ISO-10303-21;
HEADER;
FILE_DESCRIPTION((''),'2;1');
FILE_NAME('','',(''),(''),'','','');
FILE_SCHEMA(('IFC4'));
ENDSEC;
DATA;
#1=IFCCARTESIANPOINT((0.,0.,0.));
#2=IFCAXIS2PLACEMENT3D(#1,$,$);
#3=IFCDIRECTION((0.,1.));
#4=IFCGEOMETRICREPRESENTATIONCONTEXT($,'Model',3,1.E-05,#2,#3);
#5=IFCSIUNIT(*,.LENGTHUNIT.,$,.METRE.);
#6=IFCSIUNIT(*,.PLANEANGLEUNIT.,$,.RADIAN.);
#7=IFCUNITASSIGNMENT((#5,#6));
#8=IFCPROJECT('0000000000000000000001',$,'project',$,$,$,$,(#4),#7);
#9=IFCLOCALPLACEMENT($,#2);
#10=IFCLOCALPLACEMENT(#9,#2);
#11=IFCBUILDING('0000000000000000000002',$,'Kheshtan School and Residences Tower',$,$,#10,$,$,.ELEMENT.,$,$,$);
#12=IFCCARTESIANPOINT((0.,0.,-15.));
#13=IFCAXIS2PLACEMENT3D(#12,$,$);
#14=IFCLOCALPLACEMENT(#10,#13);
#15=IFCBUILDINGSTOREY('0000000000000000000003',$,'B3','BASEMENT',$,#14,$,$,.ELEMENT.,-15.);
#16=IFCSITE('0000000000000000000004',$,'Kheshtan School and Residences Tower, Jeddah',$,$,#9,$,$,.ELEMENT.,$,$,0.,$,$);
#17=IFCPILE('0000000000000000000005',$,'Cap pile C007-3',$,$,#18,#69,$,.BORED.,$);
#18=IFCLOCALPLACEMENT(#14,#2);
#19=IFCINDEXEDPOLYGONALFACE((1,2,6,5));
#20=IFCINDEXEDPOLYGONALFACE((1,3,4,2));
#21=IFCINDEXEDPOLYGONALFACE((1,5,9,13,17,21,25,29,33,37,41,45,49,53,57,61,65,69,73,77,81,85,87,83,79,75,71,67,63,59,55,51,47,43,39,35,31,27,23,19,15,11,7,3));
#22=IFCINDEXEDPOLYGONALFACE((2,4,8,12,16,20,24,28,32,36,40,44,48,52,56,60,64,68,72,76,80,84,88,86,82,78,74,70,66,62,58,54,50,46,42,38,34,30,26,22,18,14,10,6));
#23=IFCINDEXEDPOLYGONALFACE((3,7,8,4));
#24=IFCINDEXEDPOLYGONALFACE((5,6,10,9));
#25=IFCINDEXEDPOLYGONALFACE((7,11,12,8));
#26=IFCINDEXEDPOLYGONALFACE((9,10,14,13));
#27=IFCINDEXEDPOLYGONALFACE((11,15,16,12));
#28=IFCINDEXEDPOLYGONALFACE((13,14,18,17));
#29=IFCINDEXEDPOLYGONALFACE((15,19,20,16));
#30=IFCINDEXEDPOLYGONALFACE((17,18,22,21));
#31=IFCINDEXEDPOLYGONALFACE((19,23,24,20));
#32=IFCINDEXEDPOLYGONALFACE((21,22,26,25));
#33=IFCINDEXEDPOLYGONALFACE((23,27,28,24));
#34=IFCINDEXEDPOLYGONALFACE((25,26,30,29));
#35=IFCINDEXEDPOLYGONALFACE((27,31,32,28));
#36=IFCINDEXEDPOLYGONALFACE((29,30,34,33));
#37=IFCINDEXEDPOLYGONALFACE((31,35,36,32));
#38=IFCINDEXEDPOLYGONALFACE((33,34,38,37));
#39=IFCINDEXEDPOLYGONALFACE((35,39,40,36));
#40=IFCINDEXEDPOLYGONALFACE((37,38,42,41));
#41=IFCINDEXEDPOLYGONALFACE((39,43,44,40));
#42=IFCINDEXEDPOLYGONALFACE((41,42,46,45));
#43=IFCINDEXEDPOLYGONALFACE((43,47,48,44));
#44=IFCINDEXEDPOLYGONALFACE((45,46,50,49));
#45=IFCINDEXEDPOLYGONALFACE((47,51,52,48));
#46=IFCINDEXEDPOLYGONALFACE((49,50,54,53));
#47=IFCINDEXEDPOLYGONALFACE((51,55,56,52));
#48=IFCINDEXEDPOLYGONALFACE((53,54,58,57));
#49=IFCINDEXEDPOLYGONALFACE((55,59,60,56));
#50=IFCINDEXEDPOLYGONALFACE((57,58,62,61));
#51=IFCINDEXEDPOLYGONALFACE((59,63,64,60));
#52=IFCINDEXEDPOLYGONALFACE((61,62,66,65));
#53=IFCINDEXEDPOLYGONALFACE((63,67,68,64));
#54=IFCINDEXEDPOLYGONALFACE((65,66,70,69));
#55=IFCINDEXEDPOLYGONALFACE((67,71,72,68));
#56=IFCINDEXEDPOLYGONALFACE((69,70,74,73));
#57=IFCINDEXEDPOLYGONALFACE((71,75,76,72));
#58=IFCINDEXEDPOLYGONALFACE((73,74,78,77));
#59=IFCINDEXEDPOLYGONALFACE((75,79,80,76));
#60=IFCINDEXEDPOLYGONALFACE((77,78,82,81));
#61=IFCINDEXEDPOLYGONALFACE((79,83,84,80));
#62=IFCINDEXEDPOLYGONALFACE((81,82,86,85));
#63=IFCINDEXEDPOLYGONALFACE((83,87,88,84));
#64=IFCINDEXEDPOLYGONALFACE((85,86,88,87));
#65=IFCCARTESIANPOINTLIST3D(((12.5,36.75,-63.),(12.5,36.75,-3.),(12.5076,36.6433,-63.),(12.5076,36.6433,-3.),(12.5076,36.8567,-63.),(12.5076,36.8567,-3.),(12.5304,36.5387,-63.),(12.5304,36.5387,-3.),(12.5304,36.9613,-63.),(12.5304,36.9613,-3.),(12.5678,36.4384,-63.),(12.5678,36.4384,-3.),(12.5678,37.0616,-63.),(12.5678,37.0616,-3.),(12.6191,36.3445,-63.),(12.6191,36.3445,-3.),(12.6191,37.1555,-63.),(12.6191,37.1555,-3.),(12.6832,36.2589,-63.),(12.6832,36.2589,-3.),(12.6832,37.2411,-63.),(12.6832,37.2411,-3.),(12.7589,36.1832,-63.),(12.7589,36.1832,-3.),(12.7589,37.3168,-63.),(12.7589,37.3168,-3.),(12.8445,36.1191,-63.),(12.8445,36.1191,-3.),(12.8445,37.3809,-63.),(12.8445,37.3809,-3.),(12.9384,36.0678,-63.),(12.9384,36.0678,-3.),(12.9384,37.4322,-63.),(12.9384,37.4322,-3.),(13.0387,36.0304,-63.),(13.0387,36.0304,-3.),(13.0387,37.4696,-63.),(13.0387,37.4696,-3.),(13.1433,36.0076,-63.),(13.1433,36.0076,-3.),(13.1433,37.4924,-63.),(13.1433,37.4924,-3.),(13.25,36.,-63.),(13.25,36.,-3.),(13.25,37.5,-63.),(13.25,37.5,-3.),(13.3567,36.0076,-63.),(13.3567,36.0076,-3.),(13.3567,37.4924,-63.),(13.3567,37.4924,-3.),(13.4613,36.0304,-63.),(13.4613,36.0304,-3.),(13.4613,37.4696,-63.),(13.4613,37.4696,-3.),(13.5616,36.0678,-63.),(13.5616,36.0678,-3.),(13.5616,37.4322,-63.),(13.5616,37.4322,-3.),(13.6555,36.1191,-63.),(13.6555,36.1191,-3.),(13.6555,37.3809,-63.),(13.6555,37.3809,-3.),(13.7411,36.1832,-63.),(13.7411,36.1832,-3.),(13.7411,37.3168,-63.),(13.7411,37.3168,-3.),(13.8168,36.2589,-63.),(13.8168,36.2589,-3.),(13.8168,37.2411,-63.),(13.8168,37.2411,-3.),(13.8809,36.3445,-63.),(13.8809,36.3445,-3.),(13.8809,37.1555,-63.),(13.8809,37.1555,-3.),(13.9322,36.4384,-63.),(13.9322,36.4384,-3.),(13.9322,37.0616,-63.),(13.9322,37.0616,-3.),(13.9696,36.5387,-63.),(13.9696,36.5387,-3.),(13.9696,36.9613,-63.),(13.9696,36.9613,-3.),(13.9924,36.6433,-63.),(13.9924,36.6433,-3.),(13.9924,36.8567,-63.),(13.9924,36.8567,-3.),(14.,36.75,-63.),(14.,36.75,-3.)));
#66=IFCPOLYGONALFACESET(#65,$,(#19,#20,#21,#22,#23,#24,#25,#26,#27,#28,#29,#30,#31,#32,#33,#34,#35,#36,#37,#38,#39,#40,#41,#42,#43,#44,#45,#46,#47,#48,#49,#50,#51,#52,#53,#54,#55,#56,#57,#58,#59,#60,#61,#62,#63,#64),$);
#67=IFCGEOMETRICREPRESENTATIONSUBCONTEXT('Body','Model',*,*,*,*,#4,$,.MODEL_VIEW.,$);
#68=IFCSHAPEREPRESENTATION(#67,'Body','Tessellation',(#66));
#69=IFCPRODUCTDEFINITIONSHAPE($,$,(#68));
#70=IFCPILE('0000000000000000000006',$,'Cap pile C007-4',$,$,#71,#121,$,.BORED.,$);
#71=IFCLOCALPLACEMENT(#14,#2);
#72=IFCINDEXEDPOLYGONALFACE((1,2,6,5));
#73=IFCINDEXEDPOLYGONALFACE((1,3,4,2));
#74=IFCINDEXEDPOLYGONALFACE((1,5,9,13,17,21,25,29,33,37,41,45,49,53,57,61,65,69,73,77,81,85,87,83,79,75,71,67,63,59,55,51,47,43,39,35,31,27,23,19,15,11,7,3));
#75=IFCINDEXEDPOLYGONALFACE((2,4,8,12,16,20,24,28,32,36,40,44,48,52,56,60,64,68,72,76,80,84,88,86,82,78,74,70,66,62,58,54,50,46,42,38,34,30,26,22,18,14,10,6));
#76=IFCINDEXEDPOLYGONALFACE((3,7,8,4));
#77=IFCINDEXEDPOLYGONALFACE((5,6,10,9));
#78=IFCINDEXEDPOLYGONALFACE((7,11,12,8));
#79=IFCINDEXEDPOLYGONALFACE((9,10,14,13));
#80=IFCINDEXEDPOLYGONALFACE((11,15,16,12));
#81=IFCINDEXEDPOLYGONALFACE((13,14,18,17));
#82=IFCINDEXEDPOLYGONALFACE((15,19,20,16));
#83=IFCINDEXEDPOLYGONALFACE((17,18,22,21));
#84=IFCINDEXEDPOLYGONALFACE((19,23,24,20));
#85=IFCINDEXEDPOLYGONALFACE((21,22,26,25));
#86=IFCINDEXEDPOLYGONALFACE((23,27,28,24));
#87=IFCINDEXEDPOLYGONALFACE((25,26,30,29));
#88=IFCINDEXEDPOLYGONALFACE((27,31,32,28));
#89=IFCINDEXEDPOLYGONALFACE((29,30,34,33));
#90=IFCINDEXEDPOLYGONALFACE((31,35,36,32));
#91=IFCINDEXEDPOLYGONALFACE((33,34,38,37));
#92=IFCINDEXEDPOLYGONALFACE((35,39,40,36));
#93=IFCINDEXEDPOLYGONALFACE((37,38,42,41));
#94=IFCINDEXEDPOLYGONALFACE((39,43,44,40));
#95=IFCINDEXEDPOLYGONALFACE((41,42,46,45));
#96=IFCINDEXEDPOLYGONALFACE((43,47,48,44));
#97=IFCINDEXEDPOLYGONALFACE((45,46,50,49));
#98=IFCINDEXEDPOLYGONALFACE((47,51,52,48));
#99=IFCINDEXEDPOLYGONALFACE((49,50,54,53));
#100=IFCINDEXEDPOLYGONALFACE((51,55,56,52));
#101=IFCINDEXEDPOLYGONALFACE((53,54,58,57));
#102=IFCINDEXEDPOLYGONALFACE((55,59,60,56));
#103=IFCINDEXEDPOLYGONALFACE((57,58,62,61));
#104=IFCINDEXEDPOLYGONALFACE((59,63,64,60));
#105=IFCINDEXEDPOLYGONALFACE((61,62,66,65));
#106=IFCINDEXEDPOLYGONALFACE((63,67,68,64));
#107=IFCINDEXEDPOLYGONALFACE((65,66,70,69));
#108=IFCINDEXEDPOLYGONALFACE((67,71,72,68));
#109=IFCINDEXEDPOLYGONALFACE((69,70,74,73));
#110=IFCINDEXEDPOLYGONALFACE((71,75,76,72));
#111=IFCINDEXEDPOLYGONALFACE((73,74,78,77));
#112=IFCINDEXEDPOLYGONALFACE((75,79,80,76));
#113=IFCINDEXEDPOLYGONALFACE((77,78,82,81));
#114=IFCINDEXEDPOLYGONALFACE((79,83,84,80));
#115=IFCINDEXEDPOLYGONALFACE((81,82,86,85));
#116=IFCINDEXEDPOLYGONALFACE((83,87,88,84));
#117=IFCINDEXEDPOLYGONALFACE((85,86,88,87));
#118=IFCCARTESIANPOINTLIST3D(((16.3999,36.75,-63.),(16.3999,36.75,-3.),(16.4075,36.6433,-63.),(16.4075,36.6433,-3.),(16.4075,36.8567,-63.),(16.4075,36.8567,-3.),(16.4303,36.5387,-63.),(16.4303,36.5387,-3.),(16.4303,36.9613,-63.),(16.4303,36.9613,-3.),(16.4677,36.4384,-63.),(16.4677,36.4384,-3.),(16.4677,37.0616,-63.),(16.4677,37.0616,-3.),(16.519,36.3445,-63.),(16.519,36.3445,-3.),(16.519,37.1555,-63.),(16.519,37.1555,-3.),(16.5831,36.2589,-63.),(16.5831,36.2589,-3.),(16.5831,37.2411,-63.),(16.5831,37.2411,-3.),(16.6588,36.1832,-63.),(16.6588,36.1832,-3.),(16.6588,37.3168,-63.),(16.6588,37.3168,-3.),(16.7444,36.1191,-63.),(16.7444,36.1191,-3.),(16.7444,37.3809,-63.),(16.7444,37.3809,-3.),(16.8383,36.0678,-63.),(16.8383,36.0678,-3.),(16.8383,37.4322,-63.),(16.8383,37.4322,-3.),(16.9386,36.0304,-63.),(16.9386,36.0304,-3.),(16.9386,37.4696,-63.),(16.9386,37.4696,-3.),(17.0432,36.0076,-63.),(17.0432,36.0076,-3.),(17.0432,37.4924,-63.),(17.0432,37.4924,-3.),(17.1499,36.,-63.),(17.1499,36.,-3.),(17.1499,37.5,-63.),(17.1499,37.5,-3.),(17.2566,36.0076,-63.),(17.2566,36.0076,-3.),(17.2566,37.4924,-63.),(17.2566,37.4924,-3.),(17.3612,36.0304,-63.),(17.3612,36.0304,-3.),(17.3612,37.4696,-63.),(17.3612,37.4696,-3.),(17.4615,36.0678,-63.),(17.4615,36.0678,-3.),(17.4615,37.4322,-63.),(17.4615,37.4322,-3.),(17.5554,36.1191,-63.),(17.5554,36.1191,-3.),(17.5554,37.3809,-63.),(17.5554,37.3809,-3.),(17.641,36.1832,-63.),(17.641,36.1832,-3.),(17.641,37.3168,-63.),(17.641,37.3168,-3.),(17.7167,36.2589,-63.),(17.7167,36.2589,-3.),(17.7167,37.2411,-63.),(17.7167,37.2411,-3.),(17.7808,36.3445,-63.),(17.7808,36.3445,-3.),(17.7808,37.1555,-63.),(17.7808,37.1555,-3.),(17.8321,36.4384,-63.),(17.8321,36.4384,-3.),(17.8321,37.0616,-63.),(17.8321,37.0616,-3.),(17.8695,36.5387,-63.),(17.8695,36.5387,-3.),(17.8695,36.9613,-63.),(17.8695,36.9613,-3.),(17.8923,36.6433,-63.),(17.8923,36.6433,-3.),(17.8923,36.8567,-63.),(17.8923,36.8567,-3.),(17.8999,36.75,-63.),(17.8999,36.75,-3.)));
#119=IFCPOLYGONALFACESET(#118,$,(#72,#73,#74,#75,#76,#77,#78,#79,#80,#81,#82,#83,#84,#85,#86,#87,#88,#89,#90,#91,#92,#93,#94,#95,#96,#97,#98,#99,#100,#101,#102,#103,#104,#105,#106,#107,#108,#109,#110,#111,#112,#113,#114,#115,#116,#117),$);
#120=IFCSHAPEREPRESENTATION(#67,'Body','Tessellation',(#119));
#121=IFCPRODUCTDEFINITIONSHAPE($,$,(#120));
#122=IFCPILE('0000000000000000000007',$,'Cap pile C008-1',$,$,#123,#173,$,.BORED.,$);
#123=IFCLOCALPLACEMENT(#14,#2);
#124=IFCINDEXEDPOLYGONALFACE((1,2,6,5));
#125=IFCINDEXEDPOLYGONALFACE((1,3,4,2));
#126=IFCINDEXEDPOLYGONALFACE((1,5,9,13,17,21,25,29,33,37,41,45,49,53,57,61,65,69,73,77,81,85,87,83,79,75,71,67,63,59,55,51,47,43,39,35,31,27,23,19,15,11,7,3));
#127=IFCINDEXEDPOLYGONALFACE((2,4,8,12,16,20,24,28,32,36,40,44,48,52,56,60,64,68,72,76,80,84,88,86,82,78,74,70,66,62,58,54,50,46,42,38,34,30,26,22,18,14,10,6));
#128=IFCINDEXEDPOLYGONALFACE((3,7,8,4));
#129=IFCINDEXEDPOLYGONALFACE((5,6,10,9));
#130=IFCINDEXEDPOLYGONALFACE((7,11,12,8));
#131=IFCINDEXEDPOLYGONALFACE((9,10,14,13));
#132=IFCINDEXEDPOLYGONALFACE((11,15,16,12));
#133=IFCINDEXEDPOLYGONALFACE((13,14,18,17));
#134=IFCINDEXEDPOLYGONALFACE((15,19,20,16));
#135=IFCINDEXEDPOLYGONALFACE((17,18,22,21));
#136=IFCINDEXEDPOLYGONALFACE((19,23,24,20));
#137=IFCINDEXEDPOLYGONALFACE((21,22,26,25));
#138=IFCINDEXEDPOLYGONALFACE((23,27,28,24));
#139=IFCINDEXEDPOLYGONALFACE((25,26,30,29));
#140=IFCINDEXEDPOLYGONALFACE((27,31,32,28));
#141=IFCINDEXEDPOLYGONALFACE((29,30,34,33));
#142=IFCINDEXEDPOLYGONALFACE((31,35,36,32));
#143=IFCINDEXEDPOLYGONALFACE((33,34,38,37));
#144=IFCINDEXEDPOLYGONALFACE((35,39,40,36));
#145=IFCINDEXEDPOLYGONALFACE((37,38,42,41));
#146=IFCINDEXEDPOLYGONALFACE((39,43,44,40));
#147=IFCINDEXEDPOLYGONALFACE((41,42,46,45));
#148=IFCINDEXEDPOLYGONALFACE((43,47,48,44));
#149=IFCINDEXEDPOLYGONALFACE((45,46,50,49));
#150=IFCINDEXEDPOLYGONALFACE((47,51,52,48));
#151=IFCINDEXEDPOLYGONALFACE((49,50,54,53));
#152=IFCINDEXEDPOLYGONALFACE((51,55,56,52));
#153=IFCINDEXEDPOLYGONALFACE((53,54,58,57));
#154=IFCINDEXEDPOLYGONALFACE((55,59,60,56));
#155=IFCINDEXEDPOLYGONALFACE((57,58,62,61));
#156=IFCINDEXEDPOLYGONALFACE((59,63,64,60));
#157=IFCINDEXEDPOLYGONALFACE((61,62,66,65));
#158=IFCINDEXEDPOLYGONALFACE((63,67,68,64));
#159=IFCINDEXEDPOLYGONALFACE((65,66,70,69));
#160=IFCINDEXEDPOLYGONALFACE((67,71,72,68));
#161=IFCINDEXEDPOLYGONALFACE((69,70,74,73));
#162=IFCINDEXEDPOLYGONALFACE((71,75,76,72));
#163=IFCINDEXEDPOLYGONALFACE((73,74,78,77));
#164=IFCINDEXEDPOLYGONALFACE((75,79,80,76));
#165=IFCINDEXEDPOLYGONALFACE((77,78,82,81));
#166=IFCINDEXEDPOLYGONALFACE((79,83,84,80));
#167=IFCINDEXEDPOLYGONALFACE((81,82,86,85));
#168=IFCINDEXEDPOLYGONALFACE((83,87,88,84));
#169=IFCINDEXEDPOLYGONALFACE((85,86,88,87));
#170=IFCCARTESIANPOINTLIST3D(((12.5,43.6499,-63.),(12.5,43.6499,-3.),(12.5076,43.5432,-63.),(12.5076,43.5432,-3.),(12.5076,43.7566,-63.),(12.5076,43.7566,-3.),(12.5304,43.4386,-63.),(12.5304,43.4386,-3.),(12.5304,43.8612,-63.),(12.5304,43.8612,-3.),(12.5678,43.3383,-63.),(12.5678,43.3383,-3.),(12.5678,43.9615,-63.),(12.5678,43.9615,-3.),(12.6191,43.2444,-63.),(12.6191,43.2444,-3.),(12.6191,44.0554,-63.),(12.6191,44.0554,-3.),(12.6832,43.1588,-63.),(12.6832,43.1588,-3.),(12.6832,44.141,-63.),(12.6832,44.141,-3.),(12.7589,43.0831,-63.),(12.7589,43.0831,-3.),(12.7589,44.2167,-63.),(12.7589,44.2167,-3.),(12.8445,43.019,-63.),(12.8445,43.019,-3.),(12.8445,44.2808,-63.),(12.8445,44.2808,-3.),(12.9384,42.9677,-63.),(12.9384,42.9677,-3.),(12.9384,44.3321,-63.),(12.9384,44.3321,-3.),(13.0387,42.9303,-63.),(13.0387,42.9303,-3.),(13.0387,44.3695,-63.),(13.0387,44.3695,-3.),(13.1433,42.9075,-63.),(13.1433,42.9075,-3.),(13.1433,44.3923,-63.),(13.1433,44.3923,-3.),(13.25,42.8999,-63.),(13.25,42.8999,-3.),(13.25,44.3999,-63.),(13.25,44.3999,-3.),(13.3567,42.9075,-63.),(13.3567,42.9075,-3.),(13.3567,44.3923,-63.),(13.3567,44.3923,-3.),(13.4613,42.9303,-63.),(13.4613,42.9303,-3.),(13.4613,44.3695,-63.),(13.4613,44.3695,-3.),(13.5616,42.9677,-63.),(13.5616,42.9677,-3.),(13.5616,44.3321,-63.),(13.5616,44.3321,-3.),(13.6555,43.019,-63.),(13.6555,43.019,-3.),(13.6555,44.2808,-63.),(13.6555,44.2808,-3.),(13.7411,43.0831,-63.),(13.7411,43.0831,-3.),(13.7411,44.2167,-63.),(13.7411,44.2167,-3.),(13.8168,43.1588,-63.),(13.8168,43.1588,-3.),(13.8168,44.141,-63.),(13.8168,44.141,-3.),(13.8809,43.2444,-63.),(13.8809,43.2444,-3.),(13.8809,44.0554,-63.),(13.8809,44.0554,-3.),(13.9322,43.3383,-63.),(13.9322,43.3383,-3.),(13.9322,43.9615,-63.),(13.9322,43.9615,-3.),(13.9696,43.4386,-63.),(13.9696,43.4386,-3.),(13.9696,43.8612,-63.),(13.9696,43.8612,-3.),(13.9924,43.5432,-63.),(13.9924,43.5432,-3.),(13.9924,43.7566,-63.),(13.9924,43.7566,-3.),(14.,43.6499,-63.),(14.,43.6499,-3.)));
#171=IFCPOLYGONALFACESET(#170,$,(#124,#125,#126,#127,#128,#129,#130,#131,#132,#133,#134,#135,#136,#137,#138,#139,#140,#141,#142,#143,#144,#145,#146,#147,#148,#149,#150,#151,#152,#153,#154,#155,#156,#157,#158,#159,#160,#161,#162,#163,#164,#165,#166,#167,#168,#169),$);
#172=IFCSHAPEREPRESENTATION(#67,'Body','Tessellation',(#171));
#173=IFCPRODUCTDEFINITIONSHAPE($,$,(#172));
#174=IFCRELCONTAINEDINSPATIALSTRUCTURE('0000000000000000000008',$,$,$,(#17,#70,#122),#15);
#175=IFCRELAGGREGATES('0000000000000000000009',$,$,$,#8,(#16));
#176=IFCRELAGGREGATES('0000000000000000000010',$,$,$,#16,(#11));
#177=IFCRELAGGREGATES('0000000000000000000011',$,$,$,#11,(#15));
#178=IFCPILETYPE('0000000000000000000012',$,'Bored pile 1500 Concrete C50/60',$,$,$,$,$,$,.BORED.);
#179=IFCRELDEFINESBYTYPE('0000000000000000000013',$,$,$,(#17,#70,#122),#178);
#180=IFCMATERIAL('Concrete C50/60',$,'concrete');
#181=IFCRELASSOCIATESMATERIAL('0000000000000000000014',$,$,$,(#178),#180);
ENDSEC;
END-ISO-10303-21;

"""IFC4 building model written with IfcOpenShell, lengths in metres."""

from ifc_helpers import new_model, si_unit, direction, frame, origin, origin_2d, place, context, subcontext, project, spatial, circle, extrude, material, material_profile, profile_set, type_object, element, save


model = new_model("IFC4")

# Units and contexts
model_context = context("Model", 3, precision=1e-05, world=origin(), true_north=direction((0.0, 1.0)))
body_context = subcontext(model_context, "Body", "Model", "MODEL_VIEW")
ifc_project = project(units=[si_unit("LENGTHUNIT", "METRE"), si_unit("PLANEANGLEUNIT", "RADIAN")], contexts=[model_context])

# Site, building, storey
site_placement = place(None, origin())
site = spatial("IfcSite", under=ifc_project, at=site_placement, Name="Kheshtan School and Residences Tower, Jeddah", CompositionType="ELEMENT", RefElevation=0.0)
building_placement = place(site_placement, origin())
building = spatial("IfcBuilding", under=site, at=building_placement, Name="Kheshtan School and Residences Tower", CompositionType="ELEMENT")
storey_placement = place(building_placement, frame((0.0, 0.0, -15.0)))
storey = spatial("IfcBuildingStorey", under=building, at=storey_placement, Name="B3", Description="BASEMENT", CompositionType="ELEMENT", Elevation=-15.0)

# Piles
ifc_material_1 = material(Name="Concrete C50/60", Category="concrete")
ifc_material_profile_1 = material_profile(ifc_material_1, circle(Radius=0.75, at=origin_2d()), Name="BP 1500")
ifc_profile_set_1 = profile_set([ifc_material_profile_1], Name="Concrete C50/60")
pile_type_1 = type_object("IfcPileType", Name="Bored pile 1500 Concrete C50/60", PredefinedType="BORED", material=ifc_profile_set_1)
for number, where, z_axis, x_axis, name in (
    (1, (13.25, 36.75, -3.0), (0.0, 0.0, -1.0), (1.0, 0.0, 0.0), "Cap pile C007-3"),
    (2, (17.1499, 36.75, -3.0), (0.0, 0.0, -1.0), (1.0, 0.0, 0.0), "Cap pile C007-4"),
    (3, (13.25, 43.6499, -3.0), (0.0, 0.0, -1.0), (1.0, 0.0, 0.0), "Cap pile C008-1"),
):
    element("IfcPile", number, at=place(storey_placement, frame(where, z_axis=z_axis, x_axis=x_axis)), inside=storey, type_object=pile_type_1, Name=name, PredefinedType="BORED", context=body_context, shape_type="SweptSolid", body=[
        extrude(circle(Radius=0.75, at=origin_2d()), origin(), (0.0, 0.0, 1.0), 60.0),
    ])

save(model, "model.ifc")
